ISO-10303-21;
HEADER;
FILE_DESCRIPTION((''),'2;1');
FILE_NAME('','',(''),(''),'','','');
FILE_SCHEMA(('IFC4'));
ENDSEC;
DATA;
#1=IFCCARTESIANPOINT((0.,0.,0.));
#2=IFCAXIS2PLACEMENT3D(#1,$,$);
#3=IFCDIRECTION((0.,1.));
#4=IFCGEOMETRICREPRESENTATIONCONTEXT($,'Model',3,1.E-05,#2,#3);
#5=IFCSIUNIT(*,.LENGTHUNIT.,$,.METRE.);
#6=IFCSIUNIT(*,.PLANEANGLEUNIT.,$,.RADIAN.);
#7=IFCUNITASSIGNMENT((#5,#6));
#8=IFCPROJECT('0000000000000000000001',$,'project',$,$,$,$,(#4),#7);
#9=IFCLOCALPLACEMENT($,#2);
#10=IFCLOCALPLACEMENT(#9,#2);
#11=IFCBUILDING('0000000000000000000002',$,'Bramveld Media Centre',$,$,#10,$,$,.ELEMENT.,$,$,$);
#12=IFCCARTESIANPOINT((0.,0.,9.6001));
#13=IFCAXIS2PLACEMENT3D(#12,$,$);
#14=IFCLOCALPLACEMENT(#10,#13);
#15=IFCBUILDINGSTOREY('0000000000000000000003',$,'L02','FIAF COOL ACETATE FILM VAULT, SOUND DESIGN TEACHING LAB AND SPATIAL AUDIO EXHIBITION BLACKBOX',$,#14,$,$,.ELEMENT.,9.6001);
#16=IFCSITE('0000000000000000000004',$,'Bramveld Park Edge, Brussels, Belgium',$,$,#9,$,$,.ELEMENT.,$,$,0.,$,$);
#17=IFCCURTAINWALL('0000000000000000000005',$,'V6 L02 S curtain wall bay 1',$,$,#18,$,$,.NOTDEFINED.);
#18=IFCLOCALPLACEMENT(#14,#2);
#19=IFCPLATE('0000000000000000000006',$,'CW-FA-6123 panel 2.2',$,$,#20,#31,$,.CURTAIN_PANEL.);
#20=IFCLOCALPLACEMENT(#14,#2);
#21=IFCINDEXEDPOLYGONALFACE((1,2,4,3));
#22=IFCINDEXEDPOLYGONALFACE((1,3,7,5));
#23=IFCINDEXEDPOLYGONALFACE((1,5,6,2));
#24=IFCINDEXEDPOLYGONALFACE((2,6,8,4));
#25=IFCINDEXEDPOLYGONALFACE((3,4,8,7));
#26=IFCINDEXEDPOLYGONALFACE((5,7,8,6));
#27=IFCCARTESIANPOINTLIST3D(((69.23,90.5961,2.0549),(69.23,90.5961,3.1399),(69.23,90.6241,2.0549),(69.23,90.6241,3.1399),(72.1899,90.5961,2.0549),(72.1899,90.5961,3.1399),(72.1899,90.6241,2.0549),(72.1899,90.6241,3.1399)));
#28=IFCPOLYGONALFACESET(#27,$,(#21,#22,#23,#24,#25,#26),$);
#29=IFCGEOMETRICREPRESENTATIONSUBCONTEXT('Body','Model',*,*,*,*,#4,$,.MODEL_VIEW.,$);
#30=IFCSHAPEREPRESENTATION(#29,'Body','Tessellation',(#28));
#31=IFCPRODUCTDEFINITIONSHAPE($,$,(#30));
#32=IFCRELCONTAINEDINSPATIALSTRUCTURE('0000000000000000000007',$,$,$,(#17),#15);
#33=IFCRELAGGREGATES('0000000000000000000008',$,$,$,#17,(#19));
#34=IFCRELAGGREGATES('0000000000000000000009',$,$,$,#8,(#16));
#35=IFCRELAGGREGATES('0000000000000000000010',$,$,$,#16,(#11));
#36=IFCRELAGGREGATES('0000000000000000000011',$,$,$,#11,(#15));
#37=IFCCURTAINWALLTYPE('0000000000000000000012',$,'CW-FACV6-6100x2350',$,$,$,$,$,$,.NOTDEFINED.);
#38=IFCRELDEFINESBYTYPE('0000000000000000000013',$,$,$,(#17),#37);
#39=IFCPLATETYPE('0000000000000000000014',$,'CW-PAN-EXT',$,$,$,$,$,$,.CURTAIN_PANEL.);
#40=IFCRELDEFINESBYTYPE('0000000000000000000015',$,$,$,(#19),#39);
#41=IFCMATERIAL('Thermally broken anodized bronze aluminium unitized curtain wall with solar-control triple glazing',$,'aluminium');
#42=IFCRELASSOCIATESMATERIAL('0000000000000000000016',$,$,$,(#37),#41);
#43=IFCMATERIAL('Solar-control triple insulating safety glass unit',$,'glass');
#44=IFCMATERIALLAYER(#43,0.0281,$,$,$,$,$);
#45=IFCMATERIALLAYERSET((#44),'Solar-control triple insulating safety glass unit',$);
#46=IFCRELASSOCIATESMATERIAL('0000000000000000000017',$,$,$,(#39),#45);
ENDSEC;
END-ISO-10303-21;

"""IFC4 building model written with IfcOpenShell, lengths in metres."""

from ifc_helpers import new_model, si_unit, direction, frame, origin, origin_2d, place, context, subcontext, project, spatial, rectangle, extrude, material, layer, layer_set, type_object, element, aggregate, save


model = new_model("IFC4")

# Units and contexts
model_context = context("Model", 3, precision=1e-05, world=origin(), true_north=direction((0.0, 1.0)))
body_context = subcontext(model_context, "Body", "Model", "MODEL_VIEW")
ifc_project = project(units=[si_unit("LENGTHUNIT", "METRE"), si_unit("PLANEANGLEUNIT", "RADIAN")], contexts=[model_context])

# Site, building, storey
site_placement = place(None, origin())
site = spatial("IfcSite", under=ifc_project, at=site_placement, Name="Bramveld Park Edge, Brussels, Belgium", CompositionType="ELEMENT", RefElevation=0.0)
building_placement = place(site_placement, origin())
building = spatial("IfcBuilding", under=site, at=building_placement, Name="Bramveld Media Centre", CompositionType="ELEMENT")
storey_placement = place(building_placement, frame((0.0, 0.0, 9.6001)))
storey = spatial("IfcBuildingStorey", under=building, at=storey_placement, Name="L02", Description="FIAF COOL ACETATE FILM VAULT, SOUND DESIGN TEACHING LAB AND SPATIAL AUDIO EXHIBITION BLACKBOX", CompositionType="ELEMENT", Elevation=9.6001)

# Curtain wall
ifc_material_1 = material(Name="Thermally broken anodized bronze aluminium unitized curtain wall with solar-control triple glazing", Category="aluminium")
curtain_wall_type = type_object("IfcCurtainWallType", Name="CW-FACV6-6100x2350", PredefinedType="NOTDEFINED", material=ifc_material_1)
curtain_wall_placement = place(storey_placement, origin())
curtain_wall = element("IfcCurtainWall", 1, at=curtain_wall_placement, inside=storey, type_object=curtain_wall_type, Name="V6 L02 S curtain wall bay 1", PredefinedType="NOTDEFINED")

# Plate
ifc_material_2 = material(Name="Solar-control triple insulating safety glass unit", Category="glass")
ifc_layer = layer(ifc_material_2, 0.0281)
ifc_layer_set = layer_set([ifc_layer], Name="Solar-control triple insulating safety glass unit")
plate_type = type_object("IfcPlateType", Name="CW-PAN-EXT", PredefinedType="CURTAIN_PANEL", material=ifc_layer_set)
plate_1_placement = place(storey_placement, frame((70.71, 90.6101, 2.0549), z_axis=(0.0, 0.0, 1.0), x_axis=(1.0, 0.0, 0.0)))
plate_1 = element("IfcPlate", 2, at=plate_1_placement, type_object=plate_type, Name="CW-FA-6123 panel 2.2", PredefinedType="CURTAIN_PANEL", context=body_context, shape_type="SweptSolid", body=[
    extrude(rectangle(XDim=2.96, YDim=0.0281, at=origin_2d()), origin(), (0.0, 0.0, 1.0), 1.085),
])
aggregate(curtain_wall, [plate_1])

save(model, "model.ifc")
